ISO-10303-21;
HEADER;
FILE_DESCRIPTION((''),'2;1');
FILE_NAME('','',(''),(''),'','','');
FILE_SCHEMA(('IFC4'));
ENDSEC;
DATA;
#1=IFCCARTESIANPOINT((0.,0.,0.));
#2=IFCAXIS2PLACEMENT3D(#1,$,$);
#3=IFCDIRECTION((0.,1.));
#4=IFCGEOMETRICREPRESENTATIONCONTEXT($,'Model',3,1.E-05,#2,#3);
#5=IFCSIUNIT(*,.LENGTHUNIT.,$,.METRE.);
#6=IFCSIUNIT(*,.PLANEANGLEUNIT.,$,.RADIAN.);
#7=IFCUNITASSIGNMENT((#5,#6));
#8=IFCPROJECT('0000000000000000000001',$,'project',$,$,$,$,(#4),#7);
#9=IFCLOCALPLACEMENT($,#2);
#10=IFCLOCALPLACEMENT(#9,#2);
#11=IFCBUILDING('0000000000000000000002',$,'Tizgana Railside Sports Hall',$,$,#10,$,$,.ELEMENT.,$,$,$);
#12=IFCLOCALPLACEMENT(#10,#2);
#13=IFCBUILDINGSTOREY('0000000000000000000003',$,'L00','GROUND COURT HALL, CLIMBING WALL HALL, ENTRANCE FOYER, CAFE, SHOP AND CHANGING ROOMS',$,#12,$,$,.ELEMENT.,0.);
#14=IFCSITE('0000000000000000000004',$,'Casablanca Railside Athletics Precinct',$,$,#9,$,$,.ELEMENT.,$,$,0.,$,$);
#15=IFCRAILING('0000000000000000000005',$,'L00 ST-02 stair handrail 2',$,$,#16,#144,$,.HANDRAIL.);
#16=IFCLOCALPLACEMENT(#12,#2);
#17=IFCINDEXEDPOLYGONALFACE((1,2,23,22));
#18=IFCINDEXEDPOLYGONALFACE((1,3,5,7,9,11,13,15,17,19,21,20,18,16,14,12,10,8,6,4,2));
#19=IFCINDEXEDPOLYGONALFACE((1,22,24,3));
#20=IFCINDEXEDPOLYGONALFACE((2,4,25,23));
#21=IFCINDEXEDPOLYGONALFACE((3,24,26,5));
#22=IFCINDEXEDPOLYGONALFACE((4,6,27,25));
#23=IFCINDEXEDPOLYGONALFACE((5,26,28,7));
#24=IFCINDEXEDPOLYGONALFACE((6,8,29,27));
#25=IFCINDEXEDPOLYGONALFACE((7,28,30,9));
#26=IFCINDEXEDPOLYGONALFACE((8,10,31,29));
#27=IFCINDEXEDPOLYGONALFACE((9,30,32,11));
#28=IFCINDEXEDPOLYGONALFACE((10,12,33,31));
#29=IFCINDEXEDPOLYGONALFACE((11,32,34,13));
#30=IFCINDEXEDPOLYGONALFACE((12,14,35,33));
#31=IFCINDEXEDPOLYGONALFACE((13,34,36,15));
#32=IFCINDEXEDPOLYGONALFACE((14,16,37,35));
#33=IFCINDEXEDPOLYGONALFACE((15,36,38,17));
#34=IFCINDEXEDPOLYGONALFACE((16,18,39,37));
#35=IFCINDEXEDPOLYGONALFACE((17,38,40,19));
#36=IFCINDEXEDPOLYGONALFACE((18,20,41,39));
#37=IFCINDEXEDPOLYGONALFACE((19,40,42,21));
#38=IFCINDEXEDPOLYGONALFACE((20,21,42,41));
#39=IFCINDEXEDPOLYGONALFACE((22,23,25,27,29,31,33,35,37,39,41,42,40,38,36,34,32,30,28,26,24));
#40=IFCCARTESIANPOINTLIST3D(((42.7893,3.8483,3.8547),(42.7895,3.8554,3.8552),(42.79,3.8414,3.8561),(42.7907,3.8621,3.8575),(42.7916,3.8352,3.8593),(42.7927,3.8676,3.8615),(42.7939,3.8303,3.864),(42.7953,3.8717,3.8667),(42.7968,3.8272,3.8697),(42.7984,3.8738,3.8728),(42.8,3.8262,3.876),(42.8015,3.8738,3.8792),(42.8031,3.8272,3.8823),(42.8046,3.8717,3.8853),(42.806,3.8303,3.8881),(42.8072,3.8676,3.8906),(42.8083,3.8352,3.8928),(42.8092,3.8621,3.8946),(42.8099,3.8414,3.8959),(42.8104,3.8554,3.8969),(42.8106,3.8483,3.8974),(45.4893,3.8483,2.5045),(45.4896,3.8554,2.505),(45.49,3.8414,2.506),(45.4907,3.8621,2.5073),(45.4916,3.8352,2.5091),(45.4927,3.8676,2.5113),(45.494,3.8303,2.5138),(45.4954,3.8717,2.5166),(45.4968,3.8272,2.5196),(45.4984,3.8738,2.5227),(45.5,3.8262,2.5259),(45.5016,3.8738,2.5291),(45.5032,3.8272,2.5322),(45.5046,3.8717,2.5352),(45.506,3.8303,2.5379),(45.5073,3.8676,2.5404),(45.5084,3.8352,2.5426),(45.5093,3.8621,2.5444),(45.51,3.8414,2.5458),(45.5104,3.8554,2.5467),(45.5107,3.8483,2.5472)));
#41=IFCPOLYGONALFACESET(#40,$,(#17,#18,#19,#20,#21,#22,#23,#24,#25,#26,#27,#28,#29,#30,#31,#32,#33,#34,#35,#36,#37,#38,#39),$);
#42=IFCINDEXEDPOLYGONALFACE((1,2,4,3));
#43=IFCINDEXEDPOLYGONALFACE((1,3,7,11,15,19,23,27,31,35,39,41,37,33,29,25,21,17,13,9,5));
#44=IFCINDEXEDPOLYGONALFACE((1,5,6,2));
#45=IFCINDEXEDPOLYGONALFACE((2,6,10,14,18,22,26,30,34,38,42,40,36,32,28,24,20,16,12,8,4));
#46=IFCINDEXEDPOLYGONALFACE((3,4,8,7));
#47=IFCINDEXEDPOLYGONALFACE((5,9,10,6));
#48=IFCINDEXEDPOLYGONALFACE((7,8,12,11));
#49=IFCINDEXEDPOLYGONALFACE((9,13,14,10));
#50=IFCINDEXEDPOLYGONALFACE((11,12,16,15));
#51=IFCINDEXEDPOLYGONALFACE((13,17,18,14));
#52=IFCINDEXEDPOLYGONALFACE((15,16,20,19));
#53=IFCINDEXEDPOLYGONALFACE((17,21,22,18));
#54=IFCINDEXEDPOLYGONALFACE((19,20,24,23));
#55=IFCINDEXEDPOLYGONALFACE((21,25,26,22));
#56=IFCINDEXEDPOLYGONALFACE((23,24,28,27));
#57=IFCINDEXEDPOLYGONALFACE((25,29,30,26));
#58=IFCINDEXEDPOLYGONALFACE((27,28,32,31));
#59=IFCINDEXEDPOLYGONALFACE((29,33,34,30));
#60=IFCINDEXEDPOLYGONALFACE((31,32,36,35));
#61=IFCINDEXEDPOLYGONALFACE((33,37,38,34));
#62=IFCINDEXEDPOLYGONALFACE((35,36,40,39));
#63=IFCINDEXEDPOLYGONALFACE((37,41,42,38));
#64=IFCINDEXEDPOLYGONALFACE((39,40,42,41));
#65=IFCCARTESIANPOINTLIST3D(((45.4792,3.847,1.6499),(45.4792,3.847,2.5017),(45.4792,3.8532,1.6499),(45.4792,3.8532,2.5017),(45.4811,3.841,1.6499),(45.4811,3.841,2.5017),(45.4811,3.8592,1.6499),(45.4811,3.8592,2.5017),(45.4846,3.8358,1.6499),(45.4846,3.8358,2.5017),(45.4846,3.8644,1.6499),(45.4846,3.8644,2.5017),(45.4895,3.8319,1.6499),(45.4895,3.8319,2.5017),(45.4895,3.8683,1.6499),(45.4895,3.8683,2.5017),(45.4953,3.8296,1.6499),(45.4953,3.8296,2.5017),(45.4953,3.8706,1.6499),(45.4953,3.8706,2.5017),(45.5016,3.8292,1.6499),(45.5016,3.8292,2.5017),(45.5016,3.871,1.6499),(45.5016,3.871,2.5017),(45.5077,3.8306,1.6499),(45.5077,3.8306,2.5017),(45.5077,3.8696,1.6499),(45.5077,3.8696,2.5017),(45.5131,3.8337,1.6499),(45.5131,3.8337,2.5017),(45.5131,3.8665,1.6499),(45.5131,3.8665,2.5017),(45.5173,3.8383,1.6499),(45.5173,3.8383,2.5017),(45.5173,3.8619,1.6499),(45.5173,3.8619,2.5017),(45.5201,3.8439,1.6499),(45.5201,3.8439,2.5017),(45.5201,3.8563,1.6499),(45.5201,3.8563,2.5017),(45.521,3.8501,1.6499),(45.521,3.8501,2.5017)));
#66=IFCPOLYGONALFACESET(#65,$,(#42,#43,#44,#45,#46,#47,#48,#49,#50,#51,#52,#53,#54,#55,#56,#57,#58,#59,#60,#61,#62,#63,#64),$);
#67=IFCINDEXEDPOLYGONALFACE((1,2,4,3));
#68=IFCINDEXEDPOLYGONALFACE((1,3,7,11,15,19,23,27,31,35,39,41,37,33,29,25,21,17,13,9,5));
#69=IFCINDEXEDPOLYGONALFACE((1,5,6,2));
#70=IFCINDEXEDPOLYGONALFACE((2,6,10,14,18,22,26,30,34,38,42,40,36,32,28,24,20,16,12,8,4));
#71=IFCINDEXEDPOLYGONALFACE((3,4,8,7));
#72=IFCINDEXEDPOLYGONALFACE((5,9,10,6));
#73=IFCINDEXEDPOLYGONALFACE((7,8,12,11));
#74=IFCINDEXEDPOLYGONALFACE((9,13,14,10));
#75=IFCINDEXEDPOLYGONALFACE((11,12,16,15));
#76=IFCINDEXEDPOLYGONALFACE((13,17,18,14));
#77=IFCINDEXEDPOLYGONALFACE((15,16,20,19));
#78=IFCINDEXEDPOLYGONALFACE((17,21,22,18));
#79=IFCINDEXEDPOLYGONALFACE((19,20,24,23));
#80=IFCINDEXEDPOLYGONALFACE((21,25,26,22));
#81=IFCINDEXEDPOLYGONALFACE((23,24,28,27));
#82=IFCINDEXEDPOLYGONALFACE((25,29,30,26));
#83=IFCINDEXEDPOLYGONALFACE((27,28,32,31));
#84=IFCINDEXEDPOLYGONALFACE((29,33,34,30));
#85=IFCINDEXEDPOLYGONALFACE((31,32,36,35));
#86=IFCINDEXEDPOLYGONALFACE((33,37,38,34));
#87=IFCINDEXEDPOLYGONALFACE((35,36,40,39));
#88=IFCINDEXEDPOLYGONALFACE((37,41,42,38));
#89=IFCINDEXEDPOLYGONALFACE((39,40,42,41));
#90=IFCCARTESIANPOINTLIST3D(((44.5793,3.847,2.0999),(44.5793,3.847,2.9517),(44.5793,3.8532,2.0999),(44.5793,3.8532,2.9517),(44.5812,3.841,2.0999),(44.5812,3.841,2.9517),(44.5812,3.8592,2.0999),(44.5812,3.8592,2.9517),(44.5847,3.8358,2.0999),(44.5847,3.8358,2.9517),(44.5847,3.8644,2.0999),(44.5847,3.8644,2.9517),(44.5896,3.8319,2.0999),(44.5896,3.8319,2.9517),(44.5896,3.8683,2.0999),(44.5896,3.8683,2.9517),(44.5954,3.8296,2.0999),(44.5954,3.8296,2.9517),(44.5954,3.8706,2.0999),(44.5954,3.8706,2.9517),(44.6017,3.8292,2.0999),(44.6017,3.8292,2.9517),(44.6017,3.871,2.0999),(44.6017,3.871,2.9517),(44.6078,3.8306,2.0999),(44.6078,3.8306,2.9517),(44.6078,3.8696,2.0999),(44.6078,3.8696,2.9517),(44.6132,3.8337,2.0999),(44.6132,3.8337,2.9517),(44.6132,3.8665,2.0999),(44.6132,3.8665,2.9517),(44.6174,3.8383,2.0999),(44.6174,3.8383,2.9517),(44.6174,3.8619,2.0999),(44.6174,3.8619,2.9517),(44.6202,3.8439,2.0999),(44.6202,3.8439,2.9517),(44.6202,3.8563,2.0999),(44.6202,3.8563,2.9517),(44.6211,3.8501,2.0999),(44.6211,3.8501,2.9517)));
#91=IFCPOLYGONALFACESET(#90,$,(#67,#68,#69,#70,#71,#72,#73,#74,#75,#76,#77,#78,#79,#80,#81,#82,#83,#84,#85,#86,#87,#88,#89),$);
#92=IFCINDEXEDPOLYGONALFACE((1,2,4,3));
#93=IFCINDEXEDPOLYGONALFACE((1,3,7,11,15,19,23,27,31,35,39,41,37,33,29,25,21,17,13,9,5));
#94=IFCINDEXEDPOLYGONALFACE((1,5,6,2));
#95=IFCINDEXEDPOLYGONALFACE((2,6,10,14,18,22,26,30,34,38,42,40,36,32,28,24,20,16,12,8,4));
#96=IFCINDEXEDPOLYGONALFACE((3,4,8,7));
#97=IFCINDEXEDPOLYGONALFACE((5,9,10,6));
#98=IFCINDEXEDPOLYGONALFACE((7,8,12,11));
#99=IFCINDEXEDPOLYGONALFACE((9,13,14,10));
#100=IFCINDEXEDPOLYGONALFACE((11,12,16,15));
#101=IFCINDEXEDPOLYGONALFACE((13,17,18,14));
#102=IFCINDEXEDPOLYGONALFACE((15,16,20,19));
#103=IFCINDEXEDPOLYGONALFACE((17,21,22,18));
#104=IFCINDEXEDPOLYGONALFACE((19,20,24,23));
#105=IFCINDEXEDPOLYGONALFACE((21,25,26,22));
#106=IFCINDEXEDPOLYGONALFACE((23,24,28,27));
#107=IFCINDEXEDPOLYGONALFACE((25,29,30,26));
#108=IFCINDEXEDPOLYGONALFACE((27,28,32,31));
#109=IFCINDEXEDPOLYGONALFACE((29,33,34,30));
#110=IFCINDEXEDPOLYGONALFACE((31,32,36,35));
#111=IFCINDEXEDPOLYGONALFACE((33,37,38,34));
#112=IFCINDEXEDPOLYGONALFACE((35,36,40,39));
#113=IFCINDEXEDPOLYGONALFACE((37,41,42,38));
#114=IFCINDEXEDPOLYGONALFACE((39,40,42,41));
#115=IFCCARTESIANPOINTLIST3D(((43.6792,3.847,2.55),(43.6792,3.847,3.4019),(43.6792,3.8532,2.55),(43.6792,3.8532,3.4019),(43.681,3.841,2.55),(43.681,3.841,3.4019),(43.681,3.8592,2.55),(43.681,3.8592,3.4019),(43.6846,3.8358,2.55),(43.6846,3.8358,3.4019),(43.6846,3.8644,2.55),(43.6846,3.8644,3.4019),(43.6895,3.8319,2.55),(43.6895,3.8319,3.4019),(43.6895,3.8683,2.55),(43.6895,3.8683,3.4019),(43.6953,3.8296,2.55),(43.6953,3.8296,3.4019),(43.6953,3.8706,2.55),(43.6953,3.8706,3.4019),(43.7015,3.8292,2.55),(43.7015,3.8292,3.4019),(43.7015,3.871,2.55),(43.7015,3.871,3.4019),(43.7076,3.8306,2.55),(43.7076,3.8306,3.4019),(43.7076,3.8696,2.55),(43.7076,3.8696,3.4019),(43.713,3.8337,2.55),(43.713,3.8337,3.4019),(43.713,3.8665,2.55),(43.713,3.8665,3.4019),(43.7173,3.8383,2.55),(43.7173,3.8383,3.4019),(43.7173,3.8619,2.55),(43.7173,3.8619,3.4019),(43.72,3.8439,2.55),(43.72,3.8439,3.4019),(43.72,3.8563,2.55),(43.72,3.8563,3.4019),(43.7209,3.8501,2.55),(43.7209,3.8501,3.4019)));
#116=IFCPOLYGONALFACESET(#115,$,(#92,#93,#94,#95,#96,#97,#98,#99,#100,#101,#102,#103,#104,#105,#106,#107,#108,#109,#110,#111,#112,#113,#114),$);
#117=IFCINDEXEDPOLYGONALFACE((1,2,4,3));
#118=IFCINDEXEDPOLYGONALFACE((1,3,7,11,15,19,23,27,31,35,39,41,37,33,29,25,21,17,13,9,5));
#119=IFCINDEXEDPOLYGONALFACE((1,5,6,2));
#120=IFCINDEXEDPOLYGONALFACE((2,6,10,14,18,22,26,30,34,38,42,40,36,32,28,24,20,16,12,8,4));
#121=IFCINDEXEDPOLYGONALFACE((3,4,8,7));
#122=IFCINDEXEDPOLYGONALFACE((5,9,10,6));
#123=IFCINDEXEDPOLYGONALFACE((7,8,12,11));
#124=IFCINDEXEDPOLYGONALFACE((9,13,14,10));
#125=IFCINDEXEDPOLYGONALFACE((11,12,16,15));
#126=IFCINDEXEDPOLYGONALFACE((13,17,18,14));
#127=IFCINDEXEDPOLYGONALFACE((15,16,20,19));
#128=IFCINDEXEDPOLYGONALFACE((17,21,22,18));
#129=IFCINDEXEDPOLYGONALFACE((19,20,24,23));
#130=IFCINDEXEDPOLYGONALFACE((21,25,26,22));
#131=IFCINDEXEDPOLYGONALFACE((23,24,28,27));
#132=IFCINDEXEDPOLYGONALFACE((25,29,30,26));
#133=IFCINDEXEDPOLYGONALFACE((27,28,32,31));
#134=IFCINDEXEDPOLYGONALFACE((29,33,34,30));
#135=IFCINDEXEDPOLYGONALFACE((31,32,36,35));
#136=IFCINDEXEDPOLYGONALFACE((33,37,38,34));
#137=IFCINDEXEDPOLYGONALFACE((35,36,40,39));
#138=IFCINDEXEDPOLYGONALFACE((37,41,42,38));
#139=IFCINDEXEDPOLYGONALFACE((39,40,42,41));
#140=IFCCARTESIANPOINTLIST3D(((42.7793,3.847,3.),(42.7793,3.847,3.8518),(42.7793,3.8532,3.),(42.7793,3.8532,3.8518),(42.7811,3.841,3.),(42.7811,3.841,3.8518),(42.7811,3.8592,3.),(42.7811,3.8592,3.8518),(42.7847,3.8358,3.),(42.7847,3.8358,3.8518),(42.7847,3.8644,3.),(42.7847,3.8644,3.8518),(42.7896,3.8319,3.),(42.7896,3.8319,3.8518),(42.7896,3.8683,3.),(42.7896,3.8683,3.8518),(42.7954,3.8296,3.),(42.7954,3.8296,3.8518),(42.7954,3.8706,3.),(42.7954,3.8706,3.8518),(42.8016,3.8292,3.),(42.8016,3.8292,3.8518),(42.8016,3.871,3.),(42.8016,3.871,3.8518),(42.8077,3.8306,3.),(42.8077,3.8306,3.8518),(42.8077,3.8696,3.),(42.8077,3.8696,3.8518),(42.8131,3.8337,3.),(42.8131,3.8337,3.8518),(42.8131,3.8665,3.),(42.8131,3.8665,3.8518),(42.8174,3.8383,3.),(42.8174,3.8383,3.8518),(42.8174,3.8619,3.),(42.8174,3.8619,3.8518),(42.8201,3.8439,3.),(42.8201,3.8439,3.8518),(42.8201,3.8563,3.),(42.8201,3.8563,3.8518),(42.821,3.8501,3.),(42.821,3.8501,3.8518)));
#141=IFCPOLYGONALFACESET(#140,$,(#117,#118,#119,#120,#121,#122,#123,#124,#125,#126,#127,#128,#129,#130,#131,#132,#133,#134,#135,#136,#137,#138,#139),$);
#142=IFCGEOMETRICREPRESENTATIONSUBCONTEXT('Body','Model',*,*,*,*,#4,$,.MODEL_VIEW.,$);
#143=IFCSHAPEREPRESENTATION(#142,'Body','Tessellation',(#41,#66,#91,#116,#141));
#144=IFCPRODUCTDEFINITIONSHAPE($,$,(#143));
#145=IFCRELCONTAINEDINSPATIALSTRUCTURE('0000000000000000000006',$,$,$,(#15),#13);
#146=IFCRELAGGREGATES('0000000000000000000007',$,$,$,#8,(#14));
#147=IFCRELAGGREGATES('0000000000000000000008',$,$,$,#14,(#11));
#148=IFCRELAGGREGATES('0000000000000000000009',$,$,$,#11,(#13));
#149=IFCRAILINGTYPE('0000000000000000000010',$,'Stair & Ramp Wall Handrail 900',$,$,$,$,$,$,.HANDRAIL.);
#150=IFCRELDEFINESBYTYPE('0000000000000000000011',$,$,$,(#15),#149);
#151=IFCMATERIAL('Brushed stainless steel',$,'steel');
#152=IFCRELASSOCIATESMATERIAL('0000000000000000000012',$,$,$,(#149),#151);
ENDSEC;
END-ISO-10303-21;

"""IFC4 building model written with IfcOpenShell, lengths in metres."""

from ifc_helpers import new_model, si_unit, direction, frame, origin, origin_2d, place, context, subcontext, project, spatial, circle, extrude, material, type_object, element, save


model = new_model("IFC4")

# Units and contexts
model_context = context("Model", 3, precision=1e-05, world=origin(), true_north=direction((0.0, 1.0)))
body_context = subcontext(model_context, "Body", "Model", "MODEL_VIEW")
ifc_project = project(units=[si_unit("LENGTHUNIT", "METRE"), si_unit("PLANEANGLEUNIT", "RADIAN")], contexts=[model_context])

# Site, building, storey
site_placement = place(None, origin())
site = spatial("IfcSite", under=ifc_project, at=site_placement, Name="Casablanca Railside Athletics Precinct", CompositionType="ELEMENT", RefElevation=0.0)
building_placement = place(site_placement, origin())
building = spatial("IfcBuilding", under=site, at=building_placement, Name="Tizgana Railside Sports Hall", CompositionType="ELEMENT")
storey_placement = place(building_placement, origin())
storey = spatial("IfcBuildingStorey", under=building, at=storey_placement, Name="L00", Description="GROUND COURT HALL, CLIMBING WALL HALL, ENTRANCE FOYER, CAFE, SHOP AND CHANGING ROOMS", CompositionType="ELEMENT", Elevation=0.0)

# Shared definitions
ifc_material_1 = material(Name="Brushed stainless steel", Category="steel")

# Railing
railing_type_1 = type_object("IfcRailingType", Name="Stair & Ramp Wall Handrail 900", PredefinedType="HANDRAIL", material=ifc_material_1)
for number, where, name in (
    (1, (45.5, 3.8501, 1.6499), "L00 ST-02 stair handrail 2"),
):
    element("IfcRailing", number, at=place(storey_placement, frame(where)), inside=storey, type_object=railing_type_1, Name=name, PredefinedType="HANDRAIL", context=body_context, shape_type="SweptSolid", body=[
        extrude(circle(Radius=0.0239, at=origin_2d()), frame((0.0, 0.0, 0.876), z_axis=(-0.894411, 0.0, 0.447246), x_axis=(0.0, -1.0, 0.0)), (0.0, 0.0, 1.0), 3.0188),
        extrude(circle(Radius=0.021, at=origin_2d()), origin(), (0.0, 0.0, 1.0), 0.8518),
        extrude(circle(Radius=0.021, at=origin_2d()), frame((-0.8999, 0.0, 0.45)), (0.0, 0.0, 1.0), 0.8518),
        extrude(circle(Radius=0.021, at=origin_2d()), frame((-1.8, 0.0, 0.9001)), (0.0, 0.0, 1.0), 0.8518),
        extrude(circle(Radius=0.021, at=origin_2d()), frame((-2.7, 0.0, 1.3501)), (0.0, 0.0, 1.0), 0.8518),
    ])

save(model, "model.ifc")
